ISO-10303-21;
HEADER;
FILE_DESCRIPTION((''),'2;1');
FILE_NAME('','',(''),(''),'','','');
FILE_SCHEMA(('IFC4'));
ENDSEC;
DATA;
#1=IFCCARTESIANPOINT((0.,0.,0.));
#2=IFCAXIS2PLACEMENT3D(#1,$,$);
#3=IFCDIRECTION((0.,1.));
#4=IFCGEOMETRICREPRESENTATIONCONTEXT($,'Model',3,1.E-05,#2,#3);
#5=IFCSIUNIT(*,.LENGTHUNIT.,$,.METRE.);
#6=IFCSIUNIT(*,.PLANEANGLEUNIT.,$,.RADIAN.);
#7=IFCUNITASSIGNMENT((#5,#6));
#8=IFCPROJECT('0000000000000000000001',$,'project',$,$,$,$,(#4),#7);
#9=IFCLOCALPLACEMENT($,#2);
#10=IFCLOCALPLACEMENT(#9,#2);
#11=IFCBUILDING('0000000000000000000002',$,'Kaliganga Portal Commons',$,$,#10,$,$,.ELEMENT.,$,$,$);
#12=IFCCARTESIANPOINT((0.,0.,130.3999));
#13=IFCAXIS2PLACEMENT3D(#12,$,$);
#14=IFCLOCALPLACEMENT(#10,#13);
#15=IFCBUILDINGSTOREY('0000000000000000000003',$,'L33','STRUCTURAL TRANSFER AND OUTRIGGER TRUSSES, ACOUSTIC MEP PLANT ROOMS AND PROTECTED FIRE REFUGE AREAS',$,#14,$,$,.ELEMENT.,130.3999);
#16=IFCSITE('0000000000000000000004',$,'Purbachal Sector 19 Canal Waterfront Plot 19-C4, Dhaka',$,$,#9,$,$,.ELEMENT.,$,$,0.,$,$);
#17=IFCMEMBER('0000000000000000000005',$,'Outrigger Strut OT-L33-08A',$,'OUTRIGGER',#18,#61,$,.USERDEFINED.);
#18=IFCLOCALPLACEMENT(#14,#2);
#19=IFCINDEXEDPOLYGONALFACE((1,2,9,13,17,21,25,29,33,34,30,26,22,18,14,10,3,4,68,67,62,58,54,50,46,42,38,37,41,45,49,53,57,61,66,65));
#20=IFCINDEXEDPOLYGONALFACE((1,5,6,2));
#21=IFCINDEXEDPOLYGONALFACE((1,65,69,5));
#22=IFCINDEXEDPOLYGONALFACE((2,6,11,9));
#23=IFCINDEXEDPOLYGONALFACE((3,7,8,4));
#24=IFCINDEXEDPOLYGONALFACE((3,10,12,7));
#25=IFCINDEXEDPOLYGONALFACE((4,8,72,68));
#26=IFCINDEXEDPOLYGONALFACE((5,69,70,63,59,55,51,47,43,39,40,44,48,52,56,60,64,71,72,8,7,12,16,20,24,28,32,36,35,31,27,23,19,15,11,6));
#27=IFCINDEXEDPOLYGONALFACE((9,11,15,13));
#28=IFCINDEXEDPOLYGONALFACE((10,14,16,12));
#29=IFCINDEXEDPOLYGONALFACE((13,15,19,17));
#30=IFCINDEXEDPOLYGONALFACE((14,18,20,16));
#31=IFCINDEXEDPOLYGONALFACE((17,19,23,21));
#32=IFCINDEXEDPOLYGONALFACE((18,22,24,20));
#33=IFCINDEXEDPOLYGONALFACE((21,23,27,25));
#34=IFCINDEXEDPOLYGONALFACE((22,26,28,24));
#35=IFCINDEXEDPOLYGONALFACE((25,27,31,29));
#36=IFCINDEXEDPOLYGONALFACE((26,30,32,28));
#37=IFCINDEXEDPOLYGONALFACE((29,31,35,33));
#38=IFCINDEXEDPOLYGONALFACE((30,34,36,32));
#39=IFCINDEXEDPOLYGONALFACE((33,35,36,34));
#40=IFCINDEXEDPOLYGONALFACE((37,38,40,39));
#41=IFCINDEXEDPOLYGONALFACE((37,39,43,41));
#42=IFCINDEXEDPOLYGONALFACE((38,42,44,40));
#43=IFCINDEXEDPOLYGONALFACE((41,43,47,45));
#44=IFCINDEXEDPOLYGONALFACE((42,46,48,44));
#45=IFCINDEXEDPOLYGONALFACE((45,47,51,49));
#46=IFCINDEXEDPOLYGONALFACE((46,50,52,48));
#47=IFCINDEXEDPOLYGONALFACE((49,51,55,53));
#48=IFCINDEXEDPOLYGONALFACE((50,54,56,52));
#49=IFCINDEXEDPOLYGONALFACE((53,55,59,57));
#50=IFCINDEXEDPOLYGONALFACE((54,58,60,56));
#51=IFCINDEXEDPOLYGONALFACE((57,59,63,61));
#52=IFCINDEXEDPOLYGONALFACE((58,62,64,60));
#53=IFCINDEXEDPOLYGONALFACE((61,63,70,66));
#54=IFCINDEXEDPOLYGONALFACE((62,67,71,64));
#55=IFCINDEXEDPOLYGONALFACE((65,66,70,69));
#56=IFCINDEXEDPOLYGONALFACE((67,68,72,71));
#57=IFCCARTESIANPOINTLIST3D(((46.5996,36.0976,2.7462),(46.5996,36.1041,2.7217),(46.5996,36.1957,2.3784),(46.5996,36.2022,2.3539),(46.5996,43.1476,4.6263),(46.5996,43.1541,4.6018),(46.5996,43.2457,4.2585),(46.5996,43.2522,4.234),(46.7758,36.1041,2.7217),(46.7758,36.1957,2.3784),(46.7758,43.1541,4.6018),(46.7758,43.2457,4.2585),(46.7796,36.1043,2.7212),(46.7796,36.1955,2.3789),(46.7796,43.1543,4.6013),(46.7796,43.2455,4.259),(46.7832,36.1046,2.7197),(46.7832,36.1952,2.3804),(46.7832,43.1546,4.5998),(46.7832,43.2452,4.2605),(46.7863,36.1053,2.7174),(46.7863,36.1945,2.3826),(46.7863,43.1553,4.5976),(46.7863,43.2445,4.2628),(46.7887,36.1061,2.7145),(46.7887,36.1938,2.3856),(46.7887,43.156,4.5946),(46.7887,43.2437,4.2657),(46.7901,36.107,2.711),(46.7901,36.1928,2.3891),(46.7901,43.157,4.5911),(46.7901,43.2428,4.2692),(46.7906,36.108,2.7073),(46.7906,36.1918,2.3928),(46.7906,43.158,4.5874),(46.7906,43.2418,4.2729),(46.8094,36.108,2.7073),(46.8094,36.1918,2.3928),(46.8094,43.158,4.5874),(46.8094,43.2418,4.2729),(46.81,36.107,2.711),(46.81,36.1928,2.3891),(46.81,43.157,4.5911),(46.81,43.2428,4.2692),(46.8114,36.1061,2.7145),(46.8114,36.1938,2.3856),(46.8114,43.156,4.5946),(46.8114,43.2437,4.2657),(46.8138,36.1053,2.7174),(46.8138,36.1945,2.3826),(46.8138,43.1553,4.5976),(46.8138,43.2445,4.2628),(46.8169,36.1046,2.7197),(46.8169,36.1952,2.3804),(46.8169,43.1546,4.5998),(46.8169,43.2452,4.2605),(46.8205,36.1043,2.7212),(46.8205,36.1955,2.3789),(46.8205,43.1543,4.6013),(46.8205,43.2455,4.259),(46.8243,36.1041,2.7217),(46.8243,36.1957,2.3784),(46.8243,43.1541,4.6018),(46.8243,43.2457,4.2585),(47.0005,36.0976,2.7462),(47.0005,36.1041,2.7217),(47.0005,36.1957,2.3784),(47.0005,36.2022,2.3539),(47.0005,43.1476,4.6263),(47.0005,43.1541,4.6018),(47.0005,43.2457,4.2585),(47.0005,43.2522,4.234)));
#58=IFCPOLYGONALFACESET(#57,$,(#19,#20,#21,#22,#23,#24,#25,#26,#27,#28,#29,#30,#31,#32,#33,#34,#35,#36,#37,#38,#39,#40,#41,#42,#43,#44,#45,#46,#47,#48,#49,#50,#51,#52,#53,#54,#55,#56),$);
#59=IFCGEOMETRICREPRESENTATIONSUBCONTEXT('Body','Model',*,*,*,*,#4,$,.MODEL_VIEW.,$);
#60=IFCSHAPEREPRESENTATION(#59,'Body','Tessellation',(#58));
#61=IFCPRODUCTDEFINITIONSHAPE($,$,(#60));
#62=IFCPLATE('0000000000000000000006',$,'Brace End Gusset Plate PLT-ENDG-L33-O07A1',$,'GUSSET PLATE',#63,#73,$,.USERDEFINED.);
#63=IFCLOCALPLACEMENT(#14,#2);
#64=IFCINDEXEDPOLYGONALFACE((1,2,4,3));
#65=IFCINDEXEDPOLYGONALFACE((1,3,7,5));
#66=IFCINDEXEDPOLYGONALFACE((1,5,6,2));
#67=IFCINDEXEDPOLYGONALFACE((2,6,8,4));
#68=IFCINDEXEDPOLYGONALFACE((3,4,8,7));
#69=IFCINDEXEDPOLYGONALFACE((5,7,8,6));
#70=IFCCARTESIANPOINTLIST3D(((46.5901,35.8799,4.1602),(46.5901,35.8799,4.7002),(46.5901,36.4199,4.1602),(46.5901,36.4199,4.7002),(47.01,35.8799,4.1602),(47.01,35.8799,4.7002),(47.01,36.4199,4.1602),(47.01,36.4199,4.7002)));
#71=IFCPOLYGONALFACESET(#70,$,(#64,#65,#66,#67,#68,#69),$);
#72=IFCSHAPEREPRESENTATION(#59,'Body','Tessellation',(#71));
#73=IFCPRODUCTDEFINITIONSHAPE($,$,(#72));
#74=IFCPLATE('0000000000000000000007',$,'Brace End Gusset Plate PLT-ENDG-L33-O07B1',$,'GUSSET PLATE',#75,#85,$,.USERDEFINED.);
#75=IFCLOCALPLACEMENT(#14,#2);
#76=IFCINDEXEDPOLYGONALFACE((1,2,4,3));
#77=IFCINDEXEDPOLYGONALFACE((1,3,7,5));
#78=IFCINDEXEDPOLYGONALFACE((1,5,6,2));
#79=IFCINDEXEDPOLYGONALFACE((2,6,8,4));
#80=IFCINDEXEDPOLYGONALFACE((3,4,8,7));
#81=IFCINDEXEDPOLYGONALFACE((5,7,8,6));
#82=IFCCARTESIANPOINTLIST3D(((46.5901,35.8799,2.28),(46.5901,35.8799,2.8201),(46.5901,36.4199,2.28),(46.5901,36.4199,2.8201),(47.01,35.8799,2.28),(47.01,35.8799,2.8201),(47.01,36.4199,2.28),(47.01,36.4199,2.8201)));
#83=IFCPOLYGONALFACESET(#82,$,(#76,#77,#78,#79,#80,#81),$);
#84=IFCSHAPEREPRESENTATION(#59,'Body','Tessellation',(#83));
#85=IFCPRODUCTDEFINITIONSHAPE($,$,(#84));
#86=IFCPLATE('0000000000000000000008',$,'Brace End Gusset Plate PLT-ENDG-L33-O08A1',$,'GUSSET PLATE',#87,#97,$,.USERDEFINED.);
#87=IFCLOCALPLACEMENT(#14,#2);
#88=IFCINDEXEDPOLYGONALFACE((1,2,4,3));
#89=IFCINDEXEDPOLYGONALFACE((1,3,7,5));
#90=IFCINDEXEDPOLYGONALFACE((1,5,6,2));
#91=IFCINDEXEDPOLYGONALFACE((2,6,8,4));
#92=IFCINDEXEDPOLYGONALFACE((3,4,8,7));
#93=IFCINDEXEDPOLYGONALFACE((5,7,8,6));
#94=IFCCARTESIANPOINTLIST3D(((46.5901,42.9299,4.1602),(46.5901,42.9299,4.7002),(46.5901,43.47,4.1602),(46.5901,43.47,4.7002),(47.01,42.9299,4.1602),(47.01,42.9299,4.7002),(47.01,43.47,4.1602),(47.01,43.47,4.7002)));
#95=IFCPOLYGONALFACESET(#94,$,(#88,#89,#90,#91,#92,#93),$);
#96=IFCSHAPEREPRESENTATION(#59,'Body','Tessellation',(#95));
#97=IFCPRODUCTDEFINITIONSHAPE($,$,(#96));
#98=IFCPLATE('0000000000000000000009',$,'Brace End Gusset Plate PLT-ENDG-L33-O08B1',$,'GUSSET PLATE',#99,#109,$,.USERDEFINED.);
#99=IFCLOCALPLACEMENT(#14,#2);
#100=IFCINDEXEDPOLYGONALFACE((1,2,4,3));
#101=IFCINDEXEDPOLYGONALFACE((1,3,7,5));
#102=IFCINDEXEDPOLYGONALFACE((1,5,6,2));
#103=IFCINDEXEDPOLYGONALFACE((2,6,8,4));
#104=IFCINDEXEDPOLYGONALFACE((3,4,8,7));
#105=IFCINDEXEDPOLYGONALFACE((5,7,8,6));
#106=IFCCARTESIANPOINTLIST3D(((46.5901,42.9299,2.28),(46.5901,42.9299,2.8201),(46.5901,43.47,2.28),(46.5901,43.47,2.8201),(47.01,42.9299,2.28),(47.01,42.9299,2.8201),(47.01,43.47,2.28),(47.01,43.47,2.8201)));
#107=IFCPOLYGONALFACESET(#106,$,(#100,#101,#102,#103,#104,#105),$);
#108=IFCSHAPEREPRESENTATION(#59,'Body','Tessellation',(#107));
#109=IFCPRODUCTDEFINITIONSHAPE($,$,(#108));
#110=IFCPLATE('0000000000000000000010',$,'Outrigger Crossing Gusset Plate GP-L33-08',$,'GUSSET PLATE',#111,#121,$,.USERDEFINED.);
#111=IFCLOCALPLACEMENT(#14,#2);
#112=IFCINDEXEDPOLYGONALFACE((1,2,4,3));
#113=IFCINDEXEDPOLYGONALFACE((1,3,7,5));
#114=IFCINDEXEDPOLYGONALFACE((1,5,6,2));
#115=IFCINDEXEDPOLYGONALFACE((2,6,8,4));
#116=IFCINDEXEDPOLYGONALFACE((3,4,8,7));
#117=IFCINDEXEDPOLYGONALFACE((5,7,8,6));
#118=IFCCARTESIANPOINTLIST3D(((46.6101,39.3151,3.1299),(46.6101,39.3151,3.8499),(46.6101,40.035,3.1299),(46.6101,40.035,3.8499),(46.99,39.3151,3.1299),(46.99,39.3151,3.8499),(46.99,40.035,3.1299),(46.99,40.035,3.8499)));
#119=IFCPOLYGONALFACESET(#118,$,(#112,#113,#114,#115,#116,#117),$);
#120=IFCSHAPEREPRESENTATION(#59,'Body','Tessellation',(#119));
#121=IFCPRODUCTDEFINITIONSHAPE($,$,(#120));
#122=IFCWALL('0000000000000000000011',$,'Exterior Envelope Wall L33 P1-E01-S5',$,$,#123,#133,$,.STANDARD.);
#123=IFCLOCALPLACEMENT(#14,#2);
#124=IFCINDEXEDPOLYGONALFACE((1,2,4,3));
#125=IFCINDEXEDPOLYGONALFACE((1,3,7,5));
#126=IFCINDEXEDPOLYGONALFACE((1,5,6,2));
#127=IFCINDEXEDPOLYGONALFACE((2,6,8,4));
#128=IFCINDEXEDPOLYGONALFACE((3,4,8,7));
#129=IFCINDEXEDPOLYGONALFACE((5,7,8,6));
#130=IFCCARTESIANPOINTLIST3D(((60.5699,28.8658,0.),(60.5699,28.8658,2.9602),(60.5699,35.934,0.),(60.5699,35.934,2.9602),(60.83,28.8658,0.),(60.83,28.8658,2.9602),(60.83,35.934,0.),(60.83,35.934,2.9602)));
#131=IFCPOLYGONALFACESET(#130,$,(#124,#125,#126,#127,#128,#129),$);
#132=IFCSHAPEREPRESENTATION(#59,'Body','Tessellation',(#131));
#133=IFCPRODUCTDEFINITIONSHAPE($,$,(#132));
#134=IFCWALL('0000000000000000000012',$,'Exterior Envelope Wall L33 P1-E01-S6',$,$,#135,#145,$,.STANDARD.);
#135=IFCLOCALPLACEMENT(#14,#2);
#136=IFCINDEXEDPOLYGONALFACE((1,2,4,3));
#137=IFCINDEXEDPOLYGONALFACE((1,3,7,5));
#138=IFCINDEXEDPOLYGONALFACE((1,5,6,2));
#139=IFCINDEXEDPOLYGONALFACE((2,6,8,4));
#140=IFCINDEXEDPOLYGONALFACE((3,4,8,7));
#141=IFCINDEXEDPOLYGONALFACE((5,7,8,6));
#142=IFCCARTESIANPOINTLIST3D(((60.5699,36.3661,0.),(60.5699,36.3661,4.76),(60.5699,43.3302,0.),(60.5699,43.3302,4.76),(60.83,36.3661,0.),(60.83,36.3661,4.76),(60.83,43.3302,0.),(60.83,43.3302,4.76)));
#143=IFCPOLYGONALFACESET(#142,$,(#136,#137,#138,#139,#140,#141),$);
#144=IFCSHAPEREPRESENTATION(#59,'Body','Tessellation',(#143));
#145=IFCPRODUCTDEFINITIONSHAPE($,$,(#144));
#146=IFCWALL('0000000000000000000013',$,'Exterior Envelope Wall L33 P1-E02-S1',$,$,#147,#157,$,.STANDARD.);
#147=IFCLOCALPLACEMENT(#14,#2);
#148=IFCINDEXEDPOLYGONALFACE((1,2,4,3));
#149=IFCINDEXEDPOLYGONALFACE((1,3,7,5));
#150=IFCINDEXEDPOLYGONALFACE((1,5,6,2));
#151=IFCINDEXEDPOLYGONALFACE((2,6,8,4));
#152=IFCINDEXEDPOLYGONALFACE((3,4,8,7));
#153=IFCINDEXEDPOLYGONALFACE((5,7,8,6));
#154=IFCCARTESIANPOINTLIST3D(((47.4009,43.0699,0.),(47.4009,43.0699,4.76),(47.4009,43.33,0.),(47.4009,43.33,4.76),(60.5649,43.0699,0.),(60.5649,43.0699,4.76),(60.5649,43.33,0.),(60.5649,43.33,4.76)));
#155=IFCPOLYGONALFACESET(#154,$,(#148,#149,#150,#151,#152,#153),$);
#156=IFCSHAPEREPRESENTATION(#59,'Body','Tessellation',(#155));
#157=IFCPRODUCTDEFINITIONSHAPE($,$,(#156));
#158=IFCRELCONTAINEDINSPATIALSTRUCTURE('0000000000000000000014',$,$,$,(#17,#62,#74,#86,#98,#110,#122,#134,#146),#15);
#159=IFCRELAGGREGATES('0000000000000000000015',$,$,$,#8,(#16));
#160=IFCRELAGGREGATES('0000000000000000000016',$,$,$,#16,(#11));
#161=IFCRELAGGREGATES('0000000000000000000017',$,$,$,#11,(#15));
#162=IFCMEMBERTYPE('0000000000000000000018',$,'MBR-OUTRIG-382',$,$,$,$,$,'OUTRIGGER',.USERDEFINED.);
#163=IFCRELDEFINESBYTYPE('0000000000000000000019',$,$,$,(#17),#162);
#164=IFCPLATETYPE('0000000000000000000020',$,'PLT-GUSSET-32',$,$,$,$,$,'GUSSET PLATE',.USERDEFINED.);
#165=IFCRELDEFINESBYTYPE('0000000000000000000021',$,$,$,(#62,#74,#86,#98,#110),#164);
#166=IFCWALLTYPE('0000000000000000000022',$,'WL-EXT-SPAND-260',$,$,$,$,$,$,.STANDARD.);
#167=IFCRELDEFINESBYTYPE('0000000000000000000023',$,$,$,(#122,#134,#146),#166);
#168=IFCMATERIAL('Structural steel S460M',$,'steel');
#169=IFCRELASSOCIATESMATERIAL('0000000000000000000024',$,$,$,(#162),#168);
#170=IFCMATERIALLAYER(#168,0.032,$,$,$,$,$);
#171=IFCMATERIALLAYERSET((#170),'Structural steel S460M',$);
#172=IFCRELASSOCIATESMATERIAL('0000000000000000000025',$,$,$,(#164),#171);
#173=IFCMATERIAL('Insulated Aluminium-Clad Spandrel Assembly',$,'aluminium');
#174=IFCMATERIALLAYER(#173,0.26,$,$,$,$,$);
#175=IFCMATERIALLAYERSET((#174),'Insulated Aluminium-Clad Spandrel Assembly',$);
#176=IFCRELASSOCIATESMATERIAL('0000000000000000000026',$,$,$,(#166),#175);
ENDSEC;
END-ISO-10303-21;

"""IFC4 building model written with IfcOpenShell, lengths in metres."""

from ifc_helpers import new_model, si_unit, direction, frame, frame_2d, origin, origin_2d, place, context, subcontext, project, spatial, rectangle, i_section, extrude, source, transform, mapped, material, layer, layer_set, material_profile, profile_set, type_object, element, save


model = new_model("IFC4")

# Units and contexts
model_context = context("Model", 3, precision=1e-05, world=origin(), true_north=direction((0.0, 1.0)))
body_context = subcontext(model_context, "Body", "Model", "MODEL_VIEW")
ifc_project = project(units=[si_unit("LENGTHUNIT", "METRE"), si_unit("PLANEANGLEUNIT", "RADIAN")], contexts=[model_context])

# Site, building, storey
site_placement = place(None, origin())
site = spatial("IfcSite", under=ifc_project, at=site_placement, Name="Purbachal Sector 19 Canal Waterfront Plot 19-C4, Dhaka", CompositionType="ELEMENT", RefElevation=0.0)
building_placement = place(site_placement, origin())
building = spatial("IfcBuilding", under=site, at=building_placement, Name="Kaliganga Portal Commons", CompositionType="ELEMENT")
storey_placement = place(building_placement, frame((0.0, 0.0, 130.3999)))
storey = spatial("IfcBuildingStorey", under=building, at=storey_placement, Name="L33", Description="STRUCTURAL TRANSFER AND OUTRIGGER TRUSSES, ACOUSTIC MEP PLANT ROOMS AND PROTECTED FIRE REFUGE AREAS", CompositionType="ELEMENT", Elevation=130.3999)

# Shared definitions
ifc_material_1 = material(Name="Structural steel S460M", Category="steel")

# Member
ifc_material_profile_1 = material_profile(ifc_material_1, i_section(OverallWidth=0.4009, OverallDepth=0.406, WebThickness=0.0188, FlangeThickness=0.0254, FilletRadius=0.0149, at=origin_2d()), Name="HD 400x314")
ifc_profile_set_1 = profile_set([ifc_material_profile_1], Name="Structural steel S460M wide-flange")
member_type_1 = type_object("IfcMemberType", Name="MBR-OUTRIG-382", ElementType="OUTRIGGER", PredefinedType="USERDEFINED", material=ifc_profile_set_1)
shared_shape_1 = source(origin(), body_context, "Body", "SweptSolid", [
    extrude(i_section(OverallWidth=0.4009, OverallDepth=0.406, WebThickness=0.0188, FlangeThickness=0.0254, FilletRadius=0.0149, at=origin_2d()), origin(), (0.0, 0.0, 1.0), 7.2964),
])
member_1_placement = place(storey_placement, frame((46.8, 36.1499, 2.55), z_axis=(0.0, 0.966231, 0.257677), x_axis=(-1.0, 0.0, 0.0)))
element("IfcMember", 1, at=member_1_placement, inside=storey, type_object=member_type_1, Name="Outrigger Strut OT-L33-08A", ObjectType="OUTRIGGER", PredefinedType="USERDEFINED", context=body_context, shape_type="MappedRepresentation", body=[
    mapped(shared_shape_1, transform((0.0, 0.0, 0.0), x_axis=(1.0, 0.0, 0.0), y_axis=(0.0, 1.0, 0.0), z_axis=(0.0, 0.0, 1.0), scale=1.0)),
])

# Plates
ifc_layer_1 = layer(ifc_material_1, 0.032)
ifc_layer_set_1 = layer_set([ifc_layer_1], Name="Structural steel S460M")
plate_type = type_object("IfcPlateType", Name="PLT-GUSSET-32", ElementType="GUSSET PLATE", PredefinedType="USERDEFINED", material=ifc_layer_set_1)
shared_shape_2 = source(origin(), body_context, "Body", "SweptSolid", [
    extrude(rectangle(XDim=0.54, YDim=0.4199, at=origin_2d()), origin(), (0.0, 0.0, 1.0), 0.54),
])
for number, where, z_axis, x_axis, name in (
    (2, (46.8, 36.1499, 4.1602), (0.0, 0.0, 1.0), (0.0, 1.0, 0.0), "Brace End Gusset Plate PLT-ENDG-L33-O07A1"),
    (3, (46.8, 36.1499, 2.28), (0.0, 0.0, 1.0), (0.0, 1.0, 0.0), "Brace End Gusset Plate PLT-ENDG-L33-O07B1"),
    (4, (46.8, 43.2, 4.1602), (0.0, 0.0, 1.0), (0.0, 1.0, 0.0), "Brace End Gusset Plate PLT-ENDG-L33-O08A1"),
    (5, (46.8, 43.2, 2.28), (0.0, 0.0, 1.0), (0.0, 1.0, 0.0), "Brace End Gusset Plate PLT-ENDG-L33-O08B1"),
):
    element("IfcPlate", number, at=place(storey_placement, frame(where, z_axis=z_axis, x_axis=x_axis)), inside=storey, type_object=plate_type, Name=name, ObjectType="GUSSET PLATE", PredefinedType="USERDEFINED", context=body_context, shape_type="MappedRepresentation", body=[
        mapped(shared_shape_2, transform((0.0, 0.0, 0.0), x_axis=(1.0, 0.0, 0.0), y_axis=(0.0, 1.0, 0.0), z_axis=(0.0, 0.0, 1.0), scale=1.0)),
    ])
shared_shape_3 = source(origin(), body_context, "Body", "SweptSolid", [
    extrude(rectangle(XDim=0.72, YDim=0.3799, at=origin_2d()), origin(), (0.0, 0.0, 1.0), 0.72),
])
plate_placement = place(storey_placement, frame((46.8, 39.675, 3.1299), z_axis=(0.0, 0.0, 1.0), x_axis=(0.0, 1.0, 0.0)))
element("IfcPlate", 6, at=plate_placement, inside=storey, type_object=plate_type, Name="Outrigger Crossing Gusset Plate GP-L33-08", ObjectType="GUSSET PLATE", PredefinedType="USERDEFINED", context=body_context, shape_type="MappedRepresentation", body=[
    mapped(shared_shape_3, transform((0.0, 0.0, 0.0), x_axis=(1.0, 0.0, 0.0), y_axis=(0.0, 1.0, 0.0), z_axis=(0.0, 0.0, 1.0), scale=1.0)),
])

# Walls
ifc_material_2 = material(Name="Insulated Aluminium-Clad Spandrel Assembly", Category="aluminium")
ifc_layer_2 = layer(ifc_material_2, 0.26)
ifc_layer_set_2 = layer_set([ifc_layer_2], Name="Insulated Aluminium-Clad Spandrel Assembly")
wall_type = type_object("IfcWallType", Name="WL-EXT-SPAND-260", PredefinedType="STANDARD", material=ifc_layer_set_2)
wall_1_placement = place(storey_placement, frame((60.7, 35.9341, 0.0), z_axis=(0.0, 0.0, 1.0), x_axis=(0.0, -1.0, 0.0)))
element("IfcWall", 7, at=wall_1_placement, inside=storey, type_object=wall_type, Name="Exterior Envelope Wall L33 P1-E01-S5", PredefinedType="STANDARD", context=body_context, shape_type="SweptSolid", body=[
    extrude(rectangle(XDim=7.0681, YDim=0.26, at=frame_2d((3.5342, 0.0))), origin(), (0.0, 0.0, 1.0), 2.9602),
])
wall_2_placement = place(storey_placement, frame((60.7, 43.3301, 0.0), z_axis=(0.0, 0.0, 1.0), x_axis=(0.0, -1.0, 0.0)))
element("IfcWall", 8, at=wall_2_placement, inside=storey, type_object=wall_type, Name="Exterior Envelope Wall L33 P1-E01-S6", PredefinedType="STANDARD", context=body_context, shape_type="SweptSolid", body=[
    extrude(rectangle(XDim=6.9641, YDim=0.26, at=frame_2d((3.4819, 0.0))), origin(), (0.0, 0.0, 1.0), 4.76),
])
wall_3_placement = place(storey_placement, frame((47.4009, 43.2, 0.0), z_axis=(0.0, 0.0, 1.0), x_axis=(1.0, 0.0, 0.0)))
element("IfcWall", 9, at=wall_3_placement, inside=storey, type_object=wall_type, Name="Exterior Envelope Wall L33 P1-E02-S1", PredefinedType="STANDARD", context=body_context, shape_type="SweptSolid", body=[
    extrude(rectangle(XDim=13.1641, YDim=0.26, at=frame_2d((6.582, 0.0))), origin(), (0.0, 0.0, 1.0), 4.76),
])

save(model, "model.ifc")
